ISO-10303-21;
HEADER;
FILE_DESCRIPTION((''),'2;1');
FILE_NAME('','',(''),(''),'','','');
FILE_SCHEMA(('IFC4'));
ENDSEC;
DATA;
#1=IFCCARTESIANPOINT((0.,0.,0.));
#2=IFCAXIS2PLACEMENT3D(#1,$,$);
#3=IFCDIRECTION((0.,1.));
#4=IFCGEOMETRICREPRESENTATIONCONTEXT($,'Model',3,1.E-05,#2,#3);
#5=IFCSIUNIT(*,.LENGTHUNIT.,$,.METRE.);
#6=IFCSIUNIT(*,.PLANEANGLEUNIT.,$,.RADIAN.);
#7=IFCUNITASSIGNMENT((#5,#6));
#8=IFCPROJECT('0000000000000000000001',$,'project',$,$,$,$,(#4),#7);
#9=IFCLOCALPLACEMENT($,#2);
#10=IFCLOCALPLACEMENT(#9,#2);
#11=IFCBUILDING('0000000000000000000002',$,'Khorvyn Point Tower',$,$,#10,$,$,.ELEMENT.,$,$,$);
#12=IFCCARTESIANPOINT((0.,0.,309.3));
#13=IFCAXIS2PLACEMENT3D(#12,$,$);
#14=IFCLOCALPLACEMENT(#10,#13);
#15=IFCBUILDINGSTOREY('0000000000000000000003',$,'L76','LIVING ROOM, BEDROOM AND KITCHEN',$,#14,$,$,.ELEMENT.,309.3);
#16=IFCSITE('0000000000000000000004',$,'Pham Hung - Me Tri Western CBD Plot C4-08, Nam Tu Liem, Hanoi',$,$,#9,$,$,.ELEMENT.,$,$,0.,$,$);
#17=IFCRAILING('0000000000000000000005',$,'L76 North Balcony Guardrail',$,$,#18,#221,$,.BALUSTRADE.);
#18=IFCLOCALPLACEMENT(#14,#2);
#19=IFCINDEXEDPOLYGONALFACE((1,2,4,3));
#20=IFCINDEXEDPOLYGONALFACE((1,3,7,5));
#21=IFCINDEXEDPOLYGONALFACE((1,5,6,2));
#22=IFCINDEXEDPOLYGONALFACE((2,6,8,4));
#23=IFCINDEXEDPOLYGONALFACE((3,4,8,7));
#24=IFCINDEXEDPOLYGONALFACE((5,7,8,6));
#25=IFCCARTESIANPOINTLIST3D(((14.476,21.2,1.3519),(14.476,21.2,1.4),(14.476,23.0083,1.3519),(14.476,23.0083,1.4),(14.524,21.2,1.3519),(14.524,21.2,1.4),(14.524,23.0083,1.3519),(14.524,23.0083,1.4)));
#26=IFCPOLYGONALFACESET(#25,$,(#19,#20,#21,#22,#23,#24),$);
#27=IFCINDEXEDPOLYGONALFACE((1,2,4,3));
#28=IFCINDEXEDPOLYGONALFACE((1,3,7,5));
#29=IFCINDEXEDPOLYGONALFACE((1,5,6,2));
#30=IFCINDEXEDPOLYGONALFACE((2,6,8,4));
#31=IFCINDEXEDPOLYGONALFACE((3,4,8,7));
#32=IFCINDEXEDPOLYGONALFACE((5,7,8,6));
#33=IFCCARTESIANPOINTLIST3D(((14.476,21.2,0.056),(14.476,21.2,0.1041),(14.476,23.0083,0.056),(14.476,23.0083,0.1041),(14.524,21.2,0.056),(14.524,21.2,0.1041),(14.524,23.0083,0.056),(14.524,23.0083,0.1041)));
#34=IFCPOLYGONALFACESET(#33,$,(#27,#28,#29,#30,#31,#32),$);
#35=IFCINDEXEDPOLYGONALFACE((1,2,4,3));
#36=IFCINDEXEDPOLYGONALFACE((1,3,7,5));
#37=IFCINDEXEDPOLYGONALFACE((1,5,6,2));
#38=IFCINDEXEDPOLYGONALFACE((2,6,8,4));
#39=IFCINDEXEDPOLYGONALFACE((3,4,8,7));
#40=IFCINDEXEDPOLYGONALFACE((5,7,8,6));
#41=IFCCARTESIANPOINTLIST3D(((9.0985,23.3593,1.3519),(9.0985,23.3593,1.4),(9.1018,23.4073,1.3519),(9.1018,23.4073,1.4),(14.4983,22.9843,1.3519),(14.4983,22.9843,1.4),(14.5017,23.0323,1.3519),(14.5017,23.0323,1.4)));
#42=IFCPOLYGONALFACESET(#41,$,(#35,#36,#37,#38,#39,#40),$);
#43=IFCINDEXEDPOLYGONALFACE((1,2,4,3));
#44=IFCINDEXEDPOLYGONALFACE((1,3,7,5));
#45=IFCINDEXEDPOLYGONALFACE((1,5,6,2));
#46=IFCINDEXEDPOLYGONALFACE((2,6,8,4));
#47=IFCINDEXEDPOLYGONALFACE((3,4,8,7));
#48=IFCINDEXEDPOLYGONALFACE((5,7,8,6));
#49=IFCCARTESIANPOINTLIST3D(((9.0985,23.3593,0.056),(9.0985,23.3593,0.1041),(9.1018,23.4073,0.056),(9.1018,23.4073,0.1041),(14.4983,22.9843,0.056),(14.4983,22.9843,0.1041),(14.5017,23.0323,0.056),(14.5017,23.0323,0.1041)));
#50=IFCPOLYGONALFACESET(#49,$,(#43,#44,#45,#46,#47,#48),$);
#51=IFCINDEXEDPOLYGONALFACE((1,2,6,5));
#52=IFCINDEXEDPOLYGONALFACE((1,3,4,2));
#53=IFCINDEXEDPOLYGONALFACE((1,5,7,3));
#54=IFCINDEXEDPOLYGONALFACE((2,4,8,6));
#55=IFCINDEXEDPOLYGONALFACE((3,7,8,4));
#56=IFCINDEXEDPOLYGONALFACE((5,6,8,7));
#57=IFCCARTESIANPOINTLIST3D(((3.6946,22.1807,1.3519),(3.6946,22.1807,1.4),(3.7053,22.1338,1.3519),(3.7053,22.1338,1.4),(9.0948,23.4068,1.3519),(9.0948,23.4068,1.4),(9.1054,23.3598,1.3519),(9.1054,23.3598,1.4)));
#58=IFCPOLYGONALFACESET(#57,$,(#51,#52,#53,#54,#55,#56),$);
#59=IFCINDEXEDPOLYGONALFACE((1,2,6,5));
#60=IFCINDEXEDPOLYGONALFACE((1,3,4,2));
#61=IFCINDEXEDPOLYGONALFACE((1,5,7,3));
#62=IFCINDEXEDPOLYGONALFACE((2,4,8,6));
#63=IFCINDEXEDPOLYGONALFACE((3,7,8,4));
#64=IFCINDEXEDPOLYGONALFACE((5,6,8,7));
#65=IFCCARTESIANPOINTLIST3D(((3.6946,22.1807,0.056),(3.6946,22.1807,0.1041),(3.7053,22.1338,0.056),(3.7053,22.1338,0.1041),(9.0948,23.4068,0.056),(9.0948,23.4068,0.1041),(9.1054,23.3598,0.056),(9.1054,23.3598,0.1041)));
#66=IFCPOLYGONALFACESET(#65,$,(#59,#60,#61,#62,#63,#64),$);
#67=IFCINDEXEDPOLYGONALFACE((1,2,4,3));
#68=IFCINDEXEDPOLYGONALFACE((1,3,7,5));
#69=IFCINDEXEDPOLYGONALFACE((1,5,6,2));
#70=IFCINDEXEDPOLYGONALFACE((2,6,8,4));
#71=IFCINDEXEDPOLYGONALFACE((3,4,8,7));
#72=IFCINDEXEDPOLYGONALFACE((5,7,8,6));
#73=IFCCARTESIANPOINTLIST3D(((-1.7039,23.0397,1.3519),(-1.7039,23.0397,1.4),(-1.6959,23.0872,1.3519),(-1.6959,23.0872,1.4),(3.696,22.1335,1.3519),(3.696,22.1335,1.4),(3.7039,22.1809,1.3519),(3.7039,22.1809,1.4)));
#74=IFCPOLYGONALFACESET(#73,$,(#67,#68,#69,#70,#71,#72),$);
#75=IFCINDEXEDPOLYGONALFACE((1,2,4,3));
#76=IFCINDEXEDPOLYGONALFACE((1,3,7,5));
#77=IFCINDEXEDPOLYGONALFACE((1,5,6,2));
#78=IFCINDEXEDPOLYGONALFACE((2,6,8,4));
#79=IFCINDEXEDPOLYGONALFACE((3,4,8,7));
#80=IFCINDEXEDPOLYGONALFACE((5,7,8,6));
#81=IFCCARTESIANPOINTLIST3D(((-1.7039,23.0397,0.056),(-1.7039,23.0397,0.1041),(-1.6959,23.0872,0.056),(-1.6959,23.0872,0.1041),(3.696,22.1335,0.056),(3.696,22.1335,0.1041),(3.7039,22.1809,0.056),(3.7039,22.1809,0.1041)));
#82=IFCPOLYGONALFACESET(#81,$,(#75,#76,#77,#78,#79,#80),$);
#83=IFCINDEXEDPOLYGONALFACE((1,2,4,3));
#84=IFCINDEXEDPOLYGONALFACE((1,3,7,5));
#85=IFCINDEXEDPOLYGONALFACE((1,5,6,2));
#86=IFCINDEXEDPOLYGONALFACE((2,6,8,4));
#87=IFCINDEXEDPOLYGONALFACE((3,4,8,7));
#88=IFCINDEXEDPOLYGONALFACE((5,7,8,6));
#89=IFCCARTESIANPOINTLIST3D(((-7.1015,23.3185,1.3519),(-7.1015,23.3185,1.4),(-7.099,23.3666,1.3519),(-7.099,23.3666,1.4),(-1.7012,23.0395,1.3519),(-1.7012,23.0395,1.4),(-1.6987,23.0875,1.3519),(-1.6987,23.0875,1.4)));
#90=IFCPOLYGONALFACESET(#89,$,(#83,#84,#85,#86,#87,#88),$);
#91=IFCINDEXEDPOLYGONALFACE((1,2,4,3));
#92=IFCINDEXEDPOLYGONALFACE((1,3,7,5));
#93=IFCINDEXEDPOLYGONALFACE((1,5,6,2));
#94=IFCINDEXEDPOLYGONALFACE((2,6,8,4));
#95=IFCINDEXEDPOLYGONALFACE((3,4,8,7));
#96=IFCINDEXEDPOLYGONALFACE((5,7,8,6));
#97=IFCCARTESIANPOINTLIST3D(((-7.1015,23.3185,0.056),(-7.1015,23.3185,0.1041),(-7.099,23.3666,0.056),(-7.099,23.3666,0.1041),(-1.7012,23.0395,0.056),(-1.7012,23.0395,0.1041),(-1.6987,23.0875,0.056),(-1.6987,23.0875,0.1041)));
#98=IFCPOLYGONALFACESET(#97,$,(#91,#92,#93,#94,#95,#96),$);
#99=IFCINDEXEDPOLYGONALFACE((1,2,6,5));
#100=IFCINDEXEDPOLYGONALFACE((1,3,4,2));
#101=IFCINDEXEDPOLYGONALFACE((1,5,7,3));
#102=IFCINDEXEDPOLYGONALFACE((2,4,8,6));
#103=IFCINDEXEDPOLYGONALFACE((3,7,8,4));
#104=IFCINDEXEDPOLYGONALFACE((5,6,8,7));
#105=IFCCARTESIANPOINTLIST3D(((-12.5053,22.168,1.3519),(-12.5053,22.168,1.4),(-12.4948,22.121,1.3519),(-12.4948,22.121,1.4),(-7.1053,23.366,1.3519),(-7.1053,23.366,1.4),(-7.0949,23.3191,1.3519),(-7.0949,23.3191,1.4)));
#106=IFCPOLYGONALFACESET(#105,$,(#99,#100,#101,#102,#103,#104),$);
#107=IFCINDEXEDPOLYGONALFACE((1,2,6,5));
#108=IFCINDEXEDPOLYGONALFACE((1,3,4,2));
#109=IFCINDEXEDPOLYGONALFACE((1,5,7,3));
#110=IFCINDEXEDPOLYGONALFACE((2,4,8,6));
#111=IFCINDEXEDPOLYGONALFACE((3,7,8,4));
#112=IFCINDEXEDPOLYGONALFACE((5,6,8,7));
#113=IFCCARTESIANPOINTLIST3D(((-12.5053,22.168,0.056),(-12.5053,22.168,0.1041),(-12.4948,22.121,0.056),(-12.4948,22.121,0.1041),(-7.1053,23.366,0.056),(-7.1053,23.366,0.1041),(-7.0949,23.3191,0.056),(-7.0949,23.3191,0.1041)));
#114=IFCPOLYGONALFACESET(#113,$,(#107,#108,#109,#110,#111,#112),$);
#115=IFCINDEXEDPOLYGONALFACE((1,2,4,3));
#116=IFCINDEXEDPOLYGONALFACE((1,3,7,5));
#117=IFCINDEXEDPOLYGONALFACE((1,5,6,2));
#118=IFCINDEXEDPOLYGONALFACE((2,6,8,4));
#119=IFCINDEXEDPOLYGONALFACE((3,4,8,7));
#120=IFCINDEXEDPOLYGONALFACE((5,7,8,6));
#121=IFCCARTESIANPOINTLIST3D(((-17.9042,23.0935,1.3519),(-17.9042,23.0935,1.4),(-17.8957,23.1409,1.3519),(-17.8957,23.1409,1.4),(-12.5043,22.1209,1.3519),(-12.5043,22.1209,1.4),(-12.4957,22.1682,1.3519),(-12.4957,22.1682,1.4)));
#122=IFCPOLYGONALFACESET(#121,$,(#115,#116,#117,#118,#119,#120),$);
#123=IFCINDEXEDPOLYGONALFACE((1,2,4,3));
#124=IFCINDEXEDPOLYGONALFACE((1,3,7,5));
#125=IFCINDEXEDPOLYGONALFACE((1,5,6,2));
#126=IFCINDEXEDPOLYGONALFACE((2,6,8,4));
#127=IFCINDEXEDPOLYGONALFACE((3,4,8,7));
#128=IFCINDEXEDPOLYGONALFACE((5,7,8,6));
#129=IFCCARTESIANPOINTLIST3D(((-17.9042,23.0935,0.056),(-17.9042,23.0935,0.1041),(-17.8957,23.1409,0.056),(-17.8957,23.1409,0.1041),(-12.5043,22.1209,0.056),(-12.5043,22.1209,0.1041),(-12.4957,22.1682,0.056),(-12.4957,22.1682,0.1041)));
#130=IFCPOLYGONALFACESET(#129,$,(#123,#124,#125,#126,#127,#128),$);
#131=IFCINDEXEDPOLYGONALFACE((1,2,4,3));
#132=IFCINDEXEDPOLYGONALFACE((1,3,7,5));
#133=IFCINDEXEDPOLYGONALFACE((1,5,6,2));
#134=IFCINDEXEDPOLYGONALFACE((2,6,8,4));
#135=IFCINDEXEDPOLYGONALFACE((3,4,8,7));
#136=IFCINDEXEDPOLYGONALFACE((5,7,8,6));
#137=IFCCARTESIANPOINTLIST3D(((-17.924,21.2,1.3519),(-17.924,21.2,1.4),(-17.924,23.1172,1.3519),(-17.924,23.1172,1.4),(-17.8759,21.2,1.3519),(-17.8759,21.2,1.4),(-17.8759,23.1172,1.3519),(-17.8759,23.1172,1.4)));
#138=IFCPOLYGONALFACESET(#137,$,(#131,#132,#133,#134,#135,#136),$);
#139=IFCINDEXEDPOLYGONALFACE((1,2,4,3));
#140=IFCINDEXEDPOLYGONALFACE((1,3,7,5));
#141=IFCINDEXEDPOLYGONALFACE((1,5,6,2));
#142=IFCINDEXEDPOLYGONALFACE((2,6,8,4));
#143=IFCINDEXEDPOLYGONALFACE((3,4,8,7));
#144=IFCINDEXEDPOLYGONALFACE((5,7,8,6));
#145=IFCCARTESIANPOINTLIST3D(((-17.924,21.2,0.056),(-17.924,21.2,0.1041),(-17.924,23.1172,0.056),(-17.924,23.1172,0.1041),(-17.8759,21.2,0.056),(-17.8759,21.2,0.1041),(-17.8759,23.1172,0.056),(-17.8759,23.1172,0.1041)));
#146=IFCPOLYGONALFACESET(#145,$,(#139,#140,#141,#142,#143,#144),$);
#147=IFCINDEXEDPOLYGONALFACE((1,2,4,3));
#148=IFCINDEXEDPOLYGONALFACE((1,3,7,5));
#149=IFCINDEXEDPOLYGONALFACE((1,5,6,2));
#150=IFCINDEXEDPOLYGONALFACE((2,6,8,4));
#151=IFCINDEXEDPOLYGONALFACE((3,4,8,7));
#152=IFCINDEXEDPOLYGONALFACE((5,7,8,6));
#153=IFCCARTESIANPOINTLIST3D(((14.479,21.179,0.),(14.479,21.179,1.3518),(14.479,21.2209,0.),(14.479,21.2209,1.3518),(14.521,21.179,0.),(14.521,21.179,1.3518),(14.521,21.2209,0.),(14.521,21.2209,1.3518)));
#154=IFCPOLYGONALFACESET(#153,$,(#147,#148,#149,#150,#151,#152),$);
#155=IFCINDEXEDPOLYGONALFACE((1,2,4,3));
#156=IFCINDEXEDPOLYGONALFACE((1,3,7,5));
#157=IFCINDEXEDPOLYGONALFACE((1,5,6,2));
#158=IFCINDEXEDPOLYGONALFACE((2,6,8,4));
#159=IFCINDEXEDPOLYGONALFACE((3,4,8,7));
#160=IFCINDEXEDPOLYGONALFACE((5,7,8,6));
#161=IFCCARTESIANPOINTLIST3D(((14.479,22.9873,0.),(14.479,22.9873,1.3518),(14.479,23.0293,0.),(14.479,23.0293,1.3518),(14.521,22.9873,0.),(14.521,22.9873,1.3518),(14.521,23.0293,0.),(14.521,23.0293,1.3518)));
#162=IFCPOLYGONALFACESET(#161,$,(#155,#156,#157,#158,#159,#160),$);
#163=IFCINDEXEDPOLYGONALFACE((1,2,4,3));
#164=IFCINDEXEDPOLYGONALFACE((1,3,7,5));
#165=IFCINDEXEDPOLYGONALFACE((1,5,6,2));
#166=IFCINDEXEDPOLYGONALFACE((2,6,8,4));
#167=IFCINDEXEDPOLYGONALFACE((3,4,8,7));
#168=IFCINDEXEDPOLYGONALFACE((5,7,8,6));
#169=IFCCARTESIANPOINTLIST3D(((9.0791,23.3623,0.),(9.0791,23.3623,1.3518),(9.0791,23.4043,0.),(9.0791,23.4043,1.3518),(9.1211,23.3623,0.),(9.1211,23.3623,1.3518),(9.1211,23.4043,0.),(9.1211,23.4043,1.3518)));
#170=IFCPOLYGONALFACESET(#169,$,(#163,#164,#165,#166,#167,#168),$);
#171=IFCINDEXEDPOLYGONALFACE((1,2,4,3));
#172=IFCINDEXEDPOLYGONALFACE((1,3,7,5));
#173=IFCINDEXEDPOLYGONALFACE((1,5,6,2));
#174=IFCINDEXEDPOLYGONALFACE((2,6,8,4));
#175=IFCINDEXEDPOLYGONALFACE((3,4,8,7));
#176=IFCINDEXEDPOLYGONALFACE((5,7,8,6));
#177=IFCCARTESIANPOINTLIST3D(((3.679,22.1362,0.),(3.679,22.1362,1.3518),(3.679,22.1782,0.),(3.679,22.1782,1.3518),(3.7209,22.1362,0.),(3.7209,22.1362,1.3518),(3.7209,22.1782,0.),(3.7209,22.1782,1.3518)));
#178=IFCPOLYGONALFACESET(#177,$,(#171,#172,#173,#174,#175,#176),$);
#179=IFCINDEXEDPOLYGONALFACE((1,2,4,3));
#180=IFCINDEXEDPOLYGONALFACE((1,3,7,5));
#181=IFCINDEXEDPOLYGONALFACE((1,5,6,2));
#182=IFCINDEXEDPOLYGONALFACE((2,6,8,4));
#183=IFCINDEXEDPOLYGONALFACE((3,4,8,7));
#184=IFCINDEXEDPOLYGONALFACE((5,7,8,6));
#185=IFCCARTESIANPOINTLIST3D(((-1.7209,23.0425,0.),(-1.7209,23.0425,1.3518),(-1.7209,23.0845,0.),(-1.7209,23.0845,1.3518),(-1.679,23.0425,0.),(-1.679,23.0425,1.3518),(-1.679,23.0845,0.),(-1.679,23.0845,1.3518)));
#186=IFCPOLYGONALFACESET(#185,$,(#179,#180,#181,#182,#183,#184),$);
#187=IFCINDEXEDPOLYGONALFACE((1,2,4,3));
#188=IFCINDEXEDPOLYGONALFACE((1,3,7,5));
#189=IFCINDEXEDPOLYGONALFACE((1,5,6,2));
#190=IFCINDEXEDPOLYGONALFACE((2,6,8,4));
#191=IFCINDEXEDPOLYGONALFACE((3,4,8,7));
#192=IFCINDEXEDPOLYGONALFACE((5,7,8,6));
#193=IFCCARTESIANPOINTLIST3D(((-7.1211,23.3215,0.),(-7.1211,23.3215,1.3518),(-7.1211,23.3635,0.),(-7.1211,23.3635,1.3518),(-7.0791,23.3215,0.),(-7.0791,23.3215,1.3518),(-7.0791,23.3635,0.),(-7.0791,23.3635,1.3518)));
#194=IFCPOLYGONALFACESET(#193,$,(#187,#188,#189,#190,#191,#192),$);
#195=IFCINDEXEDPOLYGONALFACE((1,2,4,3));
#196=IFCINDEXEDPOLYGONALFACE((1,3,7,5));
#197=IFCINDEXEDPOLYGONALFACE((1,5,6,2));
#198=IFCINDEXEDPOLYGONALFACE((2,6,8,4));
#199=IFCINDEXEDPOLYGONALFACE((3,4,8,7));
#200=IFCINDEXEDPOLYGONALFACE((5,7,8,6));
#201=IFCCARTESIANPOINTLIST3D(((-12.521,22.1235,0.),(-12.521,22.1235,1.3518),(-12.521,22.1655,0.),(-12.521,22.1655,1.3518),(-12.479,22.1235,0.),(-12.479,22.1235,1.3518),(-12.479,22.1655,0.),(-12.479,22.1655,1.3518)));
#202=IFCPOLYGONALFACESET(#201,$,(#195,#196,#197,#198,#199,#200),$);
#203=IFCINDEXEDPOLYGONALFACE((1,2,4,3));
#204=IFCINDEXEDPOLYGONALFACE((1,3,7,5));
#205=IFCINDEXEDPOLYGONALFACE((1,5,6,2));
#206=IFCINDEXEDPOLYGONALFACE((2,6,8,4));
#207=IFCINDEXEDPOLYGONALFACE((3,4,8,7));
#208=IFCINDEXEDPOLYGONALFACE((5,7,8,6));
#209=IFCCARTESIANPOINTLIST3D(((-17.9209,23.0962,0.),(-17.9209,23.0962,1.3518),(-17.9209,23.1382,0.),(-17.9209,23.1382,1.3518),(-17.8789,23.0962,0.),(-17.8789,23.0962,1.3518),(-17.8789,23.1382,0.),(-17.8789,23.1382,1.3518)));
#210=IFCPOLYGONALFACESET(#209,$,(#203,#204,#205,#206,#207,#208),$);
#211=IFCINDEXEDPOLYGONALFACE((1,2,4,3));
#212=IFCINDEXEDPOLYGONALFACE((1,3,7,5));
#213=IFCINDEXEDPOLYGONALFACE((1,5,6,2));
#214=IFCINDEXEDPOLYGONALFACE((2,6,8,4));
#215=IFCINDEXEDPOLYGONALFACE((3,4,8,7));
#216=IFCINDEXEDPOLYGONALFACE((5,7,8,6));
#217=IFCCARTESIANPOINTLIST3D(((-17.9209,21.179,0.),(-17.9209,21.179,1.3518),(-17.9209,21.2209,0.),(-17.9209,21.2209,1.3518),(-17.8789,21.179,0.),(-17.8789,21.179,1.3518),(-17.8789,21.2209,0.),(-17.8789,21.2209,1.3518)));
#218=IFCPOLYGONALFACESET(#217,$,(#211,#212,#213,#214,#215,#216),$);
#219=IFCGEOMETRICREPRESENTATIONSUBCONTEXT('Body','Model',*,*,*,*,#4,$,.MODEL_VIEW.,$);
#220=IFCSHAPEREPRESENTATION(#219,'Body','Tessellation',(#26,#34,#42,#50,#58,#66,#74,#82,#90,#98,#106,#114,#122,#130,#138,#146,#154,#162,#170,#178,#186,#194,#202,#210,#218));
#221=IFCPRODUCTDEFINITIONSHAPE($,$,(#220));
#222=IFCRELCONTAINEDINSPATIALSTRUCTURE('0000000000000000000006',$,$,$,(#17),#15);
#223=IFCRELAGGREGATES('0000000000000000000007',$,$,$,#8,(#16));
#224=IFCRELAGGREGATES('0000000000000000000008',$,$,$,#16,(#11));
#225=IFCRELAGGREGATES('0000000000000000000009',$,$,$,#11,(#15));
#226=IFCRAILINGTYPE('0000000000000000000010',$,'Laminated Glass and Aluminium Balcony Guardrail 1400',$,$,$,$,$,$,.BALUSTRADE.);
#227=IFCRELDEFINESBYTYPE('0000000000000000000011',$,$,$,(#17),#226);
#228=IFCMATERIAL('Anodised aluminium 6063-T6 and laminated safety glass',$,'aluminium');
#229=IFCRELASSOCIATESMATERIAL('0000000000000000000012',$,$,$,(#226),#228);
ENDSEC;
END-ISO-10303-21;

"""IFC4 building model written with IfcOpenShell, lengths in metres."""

from ifc_helpers import new_model, si_unit, direction, frame, origin, origin_2d, place, context, subcontext, project, spatial, rectangle, extrude, material, type_object, element, save


model = new_model("IFC4")

# Units and contexts
model_context = context("Model", 3, precision=1e-05, world=origin(), true_north=direction((0.0, 1.0)))
body_context = subcontext(model_context, "Body", "Model", "MODEL_VIEW")
ifc_project = project(units=[si_unit("LENGTHUNIT", "METRE"), si_unit("PLANEANGLEUNIT", "RADIAN")], contexts=[model_context])

# Site, building, storey
site_placement = place(None, origin())
site = spatial("IfcSite", under=ifc_project, at=site_placement, Name="Pham Hung - Me Tri Western CBD Plot C4-08, Nam Tu Liem, Hanoi", CompositionType="ELEMENT", RefElevation=0.0)
building_placement = place(site_placement, origin())
building = spatial("IfcBuilding", under=site, at=building_placement, Name="Khorvyn Point Tower", CompositionType="ELEMENT")
storey_placement = place(building_placement, frame((0.0, 0.0, 309.3)))
storey = spatial("IfcBuildingStorey", under=building, at=storey_placement, Name="L76", Description="LIVING ROOM, BEDROOM AND KITCHEN", CompositionType="ELEMENT", Elevation=309.3)

# Railing
ifc_material_1 = material(Name="Anodised aluminium 6063-T6 and laminated safety glass", Category="aluminium")
railing_type = type_object("IfcRailingType", Name="Laminated Glass and Aluminium Balcony Guardrail 1400", PredefinedType="BALUSTRADE", material=ifc_material_1)
railing_1_placement = place(storey_placement, frame((14.5, 21.2, 0.0)))
element("IfcRailing", 1, at=railing_1_placement, inside=storey, type_object=railing_type, Name="L76 North Balcony Guardrail", PredefinedType="BALUSTRADE", context=body_context, shape_type="SweptSolid", body=[
    extrude(rectangle(XDim=0.0481, YDim=0.0481, at=origin_2d()), frame((0.0, 0.0, 1.376), z_axis=(0.0, 1.0, 0.0), x_axis=(-1.0, 0.0, 0.0)), (0.0, 0.0, 1.0), 1.8083),
    extrude(rectangle(XDim=0.0481, YDim=0.0481, at=origin_2d()), frame((0.0, 0.0, 0.0801), z_axis=(0.0, 1.0, 0.0), x_axis=(-1.0, 0.0, 0.0)), (0.0, 0.0, 1.0), 1.8083),
    extrude(rectangle(XDim=0.0481, YDim=0.0481, at=origin_2d()), frame((0.0, 1.8083, 1.376), z_axis=(-0.997597, 0.069279, 0.0), x_axis=(-0.069279, -0.997597, 0.0)), (0.0, 0.0, 1.0), 5.4128),
    extrude(rectangle(XDim=0.0481, YDim=0.0481, at=origin_2d()), frame((0.0, 1.8083, 0.0801), z_axis=(-0.997597, 0.069279, 0.0), x_axis=(-0.069279, -0.997597, 0.0)), (0.0, 0.0, 1.0), 5.4128),
    extrude(rectangle(XDim=0.0481, YDim=0.0481, at=origin_2d()), frame((-5.3999, 2.1833, 1.376), z_axis=(-0.975181, -0.22141, 0.0), x_axis=(0.22141, -0.975181, 0.0)), (0.0, 0.0, 1.0), 5.5376),
    extrude(rectangle(XDim=0.0481, YDim=0.0481, at=origin_2d()), frame((-5.3999, 2.1833, 0.0801), z_axis=(-0.975181, -0.22141, 0.0), x_axis=(0.22141, -0.975181, 0.0)), (0.0, 0.0, 1.0), 5.5376),
    extrude(rectangle(XDim=0.0481, YDim=0.0481, at=origin_2d()), frame((-10.8, 0.9573, 1.376), z_axis=(-0.986208, 0.165512, 0.0), x_axis=(-0.165512, -0.986208, 0.0)), (0.0, 0.0, 1.0), 5.4753),
    extrude(rectangle(XDim=0.0481, YDim=0.0481, at=origin_2d()), frame((-10.8, 0.9573, 0.0801), z_axis=(-0.986208, 0.165512, 0.0), x_axis=(-0.165512, -0.986208, 0.0)), (0.0, 0.0, 1.0), 5.4753),
    extrude(rectangle(XDim=0.0481, YDim=0.0481, at=origin_2d()), frame((-16.2, 1.8635, 1.376), z_axis=(-0.998668, 0.051606, 0.0), x_axis=(-0.051606, -0.998668, 0.0)), (0.0, 0.0, 1.0), 5.4075),
    extrude(rectangle(XDim=0.0481, YDim=0.0481, at=origin_2d()), frame((-16.2, 1.8635, 0.0801), z_axis=(-0.998668, 0.051606, 0.0), x_axis=(-0.051606, -0.998668, 0.0)), (0.0, 0.0, 1.0), 5.4075),
    extrude(rectangle(XDim=0.0481, YDim=0.0481, at=origin_2d()), frame((-21.6001, 2.1426, 1.376), z_axis=(-0.976263, -0.216589, 0.0), x_axis=(0.216589, -0.976263, 0.0)), (0.0, 0.0, 1.0), 5.5312),
    extrude(rectangle(XDim=0.0481, YDim=0.0481, at=origin_2d()), frame((-21.6001, 2.1426, 0.0801), z_axis=(-0.976263, -0.216589, 0.0), x_axis=(0.216589, -0.976263, 0.0)), (0.0, 0.0, 1.0), 5.5312),
    extrude(rectangle(XDim=0.0481, YDim=0.0481, at=origin_2d()), frame((-27.0, 0.9446, 1.376), z_axis=(-0.984162, 0.177272, 0.0), x_axis=(-0.177272, -0.984162, 0.0)), (0.0, 0.0, 1.0), 5.4868),
    extrude(rectangle(XDim=0.0481, YDim=0.0481, at=origin_2d()), frame((-27.0, 0.9446, 0.0801), z_axis=(-0.984162, 0.177272, 0.0), x_axis=(-0.177272, -0.984162, 0.0)), (0.0, 0.0, 1.0), 5.4868),
    extrude(rectangle(XDim=0.0481, YDim=0.0481, at=origin_2d()), frame((-32.3999, 1.9172, 1.376), z_axis=(0.0, -1.0, 0.0), x_axis=(1.0, 0.0, 0.0)), (0.0, 0.0, 1.0), 1.9172),
    extrude(rectangle(XDim=0.0481, YDim=0.0481, at=origin_2d()), frame((-32.3999, 1.9172, 0.0801), z_axis=(0.0, -1.0, 0.0), x_axis=(1.0, 0.0, 0.0)), (0.0, 0.0, 1.0), 1.9172),
    extrude(rectangle(XDim=0.042, YDim=0.042, at=origin_2d()), origin(), (0.0, 0.0, 1.0), 1.3518),
    extrude(rectangle(XDim=0.042, YDim=0.042, at=origin_2d()), frame((0.0, 1.8083, 0.0)), (0.0, 0.0, 1.0), 1.3518),
    extrude(rectangle(XDim=0.042, YDim=0.042, at=origin_2d()), frame((-5.3999, 2.1833, 0.0)), (0.0, 0.0, 1.0), 1.3518),
    extrude(rectangle(XDim=0.042, YDim=0.042, at=origin_2d()), frame((-10.8, 0.9573, 0.0)), (0.0, 0.0, 1.0), 1.3518),
    extrude(rectangle(XDim=0.042, YDim=0.042, at=origin_2d()), frame((-16.2, 1.8635, 0.0)), (0.0, 0.0, 1.0), 1.3518),
    extrude(rectangle(XDim=0.042, YDim=0.042, at=origin_2d()), frame((-21.6001, 2.1426, 0.0)), (0.0, 0.0, 1.0), 1.3518),
    extrude(rectangle(XDim=0.042, YDim=0.042, at=origin_2d()), frame((-27.0, 0.9446, 0.0)), (0.0, 0.0, 1.0), 1.3518),
    extrude(rectangle(XDim=0.042, YDim=0.042, at=origin_2d()), frame((-32.3999, 1.9172, 0.0)), (0.0, 0.0, 1.0), 1.3518),
    extrude(rectangle(XDim=0.042, YDim=0.042, at=origin_2d()), frame((-32.3999, 0.0, 0.0)), (0.0, 0.0, 1.0), 1.3518),
])

save(model, "model.ifc")
